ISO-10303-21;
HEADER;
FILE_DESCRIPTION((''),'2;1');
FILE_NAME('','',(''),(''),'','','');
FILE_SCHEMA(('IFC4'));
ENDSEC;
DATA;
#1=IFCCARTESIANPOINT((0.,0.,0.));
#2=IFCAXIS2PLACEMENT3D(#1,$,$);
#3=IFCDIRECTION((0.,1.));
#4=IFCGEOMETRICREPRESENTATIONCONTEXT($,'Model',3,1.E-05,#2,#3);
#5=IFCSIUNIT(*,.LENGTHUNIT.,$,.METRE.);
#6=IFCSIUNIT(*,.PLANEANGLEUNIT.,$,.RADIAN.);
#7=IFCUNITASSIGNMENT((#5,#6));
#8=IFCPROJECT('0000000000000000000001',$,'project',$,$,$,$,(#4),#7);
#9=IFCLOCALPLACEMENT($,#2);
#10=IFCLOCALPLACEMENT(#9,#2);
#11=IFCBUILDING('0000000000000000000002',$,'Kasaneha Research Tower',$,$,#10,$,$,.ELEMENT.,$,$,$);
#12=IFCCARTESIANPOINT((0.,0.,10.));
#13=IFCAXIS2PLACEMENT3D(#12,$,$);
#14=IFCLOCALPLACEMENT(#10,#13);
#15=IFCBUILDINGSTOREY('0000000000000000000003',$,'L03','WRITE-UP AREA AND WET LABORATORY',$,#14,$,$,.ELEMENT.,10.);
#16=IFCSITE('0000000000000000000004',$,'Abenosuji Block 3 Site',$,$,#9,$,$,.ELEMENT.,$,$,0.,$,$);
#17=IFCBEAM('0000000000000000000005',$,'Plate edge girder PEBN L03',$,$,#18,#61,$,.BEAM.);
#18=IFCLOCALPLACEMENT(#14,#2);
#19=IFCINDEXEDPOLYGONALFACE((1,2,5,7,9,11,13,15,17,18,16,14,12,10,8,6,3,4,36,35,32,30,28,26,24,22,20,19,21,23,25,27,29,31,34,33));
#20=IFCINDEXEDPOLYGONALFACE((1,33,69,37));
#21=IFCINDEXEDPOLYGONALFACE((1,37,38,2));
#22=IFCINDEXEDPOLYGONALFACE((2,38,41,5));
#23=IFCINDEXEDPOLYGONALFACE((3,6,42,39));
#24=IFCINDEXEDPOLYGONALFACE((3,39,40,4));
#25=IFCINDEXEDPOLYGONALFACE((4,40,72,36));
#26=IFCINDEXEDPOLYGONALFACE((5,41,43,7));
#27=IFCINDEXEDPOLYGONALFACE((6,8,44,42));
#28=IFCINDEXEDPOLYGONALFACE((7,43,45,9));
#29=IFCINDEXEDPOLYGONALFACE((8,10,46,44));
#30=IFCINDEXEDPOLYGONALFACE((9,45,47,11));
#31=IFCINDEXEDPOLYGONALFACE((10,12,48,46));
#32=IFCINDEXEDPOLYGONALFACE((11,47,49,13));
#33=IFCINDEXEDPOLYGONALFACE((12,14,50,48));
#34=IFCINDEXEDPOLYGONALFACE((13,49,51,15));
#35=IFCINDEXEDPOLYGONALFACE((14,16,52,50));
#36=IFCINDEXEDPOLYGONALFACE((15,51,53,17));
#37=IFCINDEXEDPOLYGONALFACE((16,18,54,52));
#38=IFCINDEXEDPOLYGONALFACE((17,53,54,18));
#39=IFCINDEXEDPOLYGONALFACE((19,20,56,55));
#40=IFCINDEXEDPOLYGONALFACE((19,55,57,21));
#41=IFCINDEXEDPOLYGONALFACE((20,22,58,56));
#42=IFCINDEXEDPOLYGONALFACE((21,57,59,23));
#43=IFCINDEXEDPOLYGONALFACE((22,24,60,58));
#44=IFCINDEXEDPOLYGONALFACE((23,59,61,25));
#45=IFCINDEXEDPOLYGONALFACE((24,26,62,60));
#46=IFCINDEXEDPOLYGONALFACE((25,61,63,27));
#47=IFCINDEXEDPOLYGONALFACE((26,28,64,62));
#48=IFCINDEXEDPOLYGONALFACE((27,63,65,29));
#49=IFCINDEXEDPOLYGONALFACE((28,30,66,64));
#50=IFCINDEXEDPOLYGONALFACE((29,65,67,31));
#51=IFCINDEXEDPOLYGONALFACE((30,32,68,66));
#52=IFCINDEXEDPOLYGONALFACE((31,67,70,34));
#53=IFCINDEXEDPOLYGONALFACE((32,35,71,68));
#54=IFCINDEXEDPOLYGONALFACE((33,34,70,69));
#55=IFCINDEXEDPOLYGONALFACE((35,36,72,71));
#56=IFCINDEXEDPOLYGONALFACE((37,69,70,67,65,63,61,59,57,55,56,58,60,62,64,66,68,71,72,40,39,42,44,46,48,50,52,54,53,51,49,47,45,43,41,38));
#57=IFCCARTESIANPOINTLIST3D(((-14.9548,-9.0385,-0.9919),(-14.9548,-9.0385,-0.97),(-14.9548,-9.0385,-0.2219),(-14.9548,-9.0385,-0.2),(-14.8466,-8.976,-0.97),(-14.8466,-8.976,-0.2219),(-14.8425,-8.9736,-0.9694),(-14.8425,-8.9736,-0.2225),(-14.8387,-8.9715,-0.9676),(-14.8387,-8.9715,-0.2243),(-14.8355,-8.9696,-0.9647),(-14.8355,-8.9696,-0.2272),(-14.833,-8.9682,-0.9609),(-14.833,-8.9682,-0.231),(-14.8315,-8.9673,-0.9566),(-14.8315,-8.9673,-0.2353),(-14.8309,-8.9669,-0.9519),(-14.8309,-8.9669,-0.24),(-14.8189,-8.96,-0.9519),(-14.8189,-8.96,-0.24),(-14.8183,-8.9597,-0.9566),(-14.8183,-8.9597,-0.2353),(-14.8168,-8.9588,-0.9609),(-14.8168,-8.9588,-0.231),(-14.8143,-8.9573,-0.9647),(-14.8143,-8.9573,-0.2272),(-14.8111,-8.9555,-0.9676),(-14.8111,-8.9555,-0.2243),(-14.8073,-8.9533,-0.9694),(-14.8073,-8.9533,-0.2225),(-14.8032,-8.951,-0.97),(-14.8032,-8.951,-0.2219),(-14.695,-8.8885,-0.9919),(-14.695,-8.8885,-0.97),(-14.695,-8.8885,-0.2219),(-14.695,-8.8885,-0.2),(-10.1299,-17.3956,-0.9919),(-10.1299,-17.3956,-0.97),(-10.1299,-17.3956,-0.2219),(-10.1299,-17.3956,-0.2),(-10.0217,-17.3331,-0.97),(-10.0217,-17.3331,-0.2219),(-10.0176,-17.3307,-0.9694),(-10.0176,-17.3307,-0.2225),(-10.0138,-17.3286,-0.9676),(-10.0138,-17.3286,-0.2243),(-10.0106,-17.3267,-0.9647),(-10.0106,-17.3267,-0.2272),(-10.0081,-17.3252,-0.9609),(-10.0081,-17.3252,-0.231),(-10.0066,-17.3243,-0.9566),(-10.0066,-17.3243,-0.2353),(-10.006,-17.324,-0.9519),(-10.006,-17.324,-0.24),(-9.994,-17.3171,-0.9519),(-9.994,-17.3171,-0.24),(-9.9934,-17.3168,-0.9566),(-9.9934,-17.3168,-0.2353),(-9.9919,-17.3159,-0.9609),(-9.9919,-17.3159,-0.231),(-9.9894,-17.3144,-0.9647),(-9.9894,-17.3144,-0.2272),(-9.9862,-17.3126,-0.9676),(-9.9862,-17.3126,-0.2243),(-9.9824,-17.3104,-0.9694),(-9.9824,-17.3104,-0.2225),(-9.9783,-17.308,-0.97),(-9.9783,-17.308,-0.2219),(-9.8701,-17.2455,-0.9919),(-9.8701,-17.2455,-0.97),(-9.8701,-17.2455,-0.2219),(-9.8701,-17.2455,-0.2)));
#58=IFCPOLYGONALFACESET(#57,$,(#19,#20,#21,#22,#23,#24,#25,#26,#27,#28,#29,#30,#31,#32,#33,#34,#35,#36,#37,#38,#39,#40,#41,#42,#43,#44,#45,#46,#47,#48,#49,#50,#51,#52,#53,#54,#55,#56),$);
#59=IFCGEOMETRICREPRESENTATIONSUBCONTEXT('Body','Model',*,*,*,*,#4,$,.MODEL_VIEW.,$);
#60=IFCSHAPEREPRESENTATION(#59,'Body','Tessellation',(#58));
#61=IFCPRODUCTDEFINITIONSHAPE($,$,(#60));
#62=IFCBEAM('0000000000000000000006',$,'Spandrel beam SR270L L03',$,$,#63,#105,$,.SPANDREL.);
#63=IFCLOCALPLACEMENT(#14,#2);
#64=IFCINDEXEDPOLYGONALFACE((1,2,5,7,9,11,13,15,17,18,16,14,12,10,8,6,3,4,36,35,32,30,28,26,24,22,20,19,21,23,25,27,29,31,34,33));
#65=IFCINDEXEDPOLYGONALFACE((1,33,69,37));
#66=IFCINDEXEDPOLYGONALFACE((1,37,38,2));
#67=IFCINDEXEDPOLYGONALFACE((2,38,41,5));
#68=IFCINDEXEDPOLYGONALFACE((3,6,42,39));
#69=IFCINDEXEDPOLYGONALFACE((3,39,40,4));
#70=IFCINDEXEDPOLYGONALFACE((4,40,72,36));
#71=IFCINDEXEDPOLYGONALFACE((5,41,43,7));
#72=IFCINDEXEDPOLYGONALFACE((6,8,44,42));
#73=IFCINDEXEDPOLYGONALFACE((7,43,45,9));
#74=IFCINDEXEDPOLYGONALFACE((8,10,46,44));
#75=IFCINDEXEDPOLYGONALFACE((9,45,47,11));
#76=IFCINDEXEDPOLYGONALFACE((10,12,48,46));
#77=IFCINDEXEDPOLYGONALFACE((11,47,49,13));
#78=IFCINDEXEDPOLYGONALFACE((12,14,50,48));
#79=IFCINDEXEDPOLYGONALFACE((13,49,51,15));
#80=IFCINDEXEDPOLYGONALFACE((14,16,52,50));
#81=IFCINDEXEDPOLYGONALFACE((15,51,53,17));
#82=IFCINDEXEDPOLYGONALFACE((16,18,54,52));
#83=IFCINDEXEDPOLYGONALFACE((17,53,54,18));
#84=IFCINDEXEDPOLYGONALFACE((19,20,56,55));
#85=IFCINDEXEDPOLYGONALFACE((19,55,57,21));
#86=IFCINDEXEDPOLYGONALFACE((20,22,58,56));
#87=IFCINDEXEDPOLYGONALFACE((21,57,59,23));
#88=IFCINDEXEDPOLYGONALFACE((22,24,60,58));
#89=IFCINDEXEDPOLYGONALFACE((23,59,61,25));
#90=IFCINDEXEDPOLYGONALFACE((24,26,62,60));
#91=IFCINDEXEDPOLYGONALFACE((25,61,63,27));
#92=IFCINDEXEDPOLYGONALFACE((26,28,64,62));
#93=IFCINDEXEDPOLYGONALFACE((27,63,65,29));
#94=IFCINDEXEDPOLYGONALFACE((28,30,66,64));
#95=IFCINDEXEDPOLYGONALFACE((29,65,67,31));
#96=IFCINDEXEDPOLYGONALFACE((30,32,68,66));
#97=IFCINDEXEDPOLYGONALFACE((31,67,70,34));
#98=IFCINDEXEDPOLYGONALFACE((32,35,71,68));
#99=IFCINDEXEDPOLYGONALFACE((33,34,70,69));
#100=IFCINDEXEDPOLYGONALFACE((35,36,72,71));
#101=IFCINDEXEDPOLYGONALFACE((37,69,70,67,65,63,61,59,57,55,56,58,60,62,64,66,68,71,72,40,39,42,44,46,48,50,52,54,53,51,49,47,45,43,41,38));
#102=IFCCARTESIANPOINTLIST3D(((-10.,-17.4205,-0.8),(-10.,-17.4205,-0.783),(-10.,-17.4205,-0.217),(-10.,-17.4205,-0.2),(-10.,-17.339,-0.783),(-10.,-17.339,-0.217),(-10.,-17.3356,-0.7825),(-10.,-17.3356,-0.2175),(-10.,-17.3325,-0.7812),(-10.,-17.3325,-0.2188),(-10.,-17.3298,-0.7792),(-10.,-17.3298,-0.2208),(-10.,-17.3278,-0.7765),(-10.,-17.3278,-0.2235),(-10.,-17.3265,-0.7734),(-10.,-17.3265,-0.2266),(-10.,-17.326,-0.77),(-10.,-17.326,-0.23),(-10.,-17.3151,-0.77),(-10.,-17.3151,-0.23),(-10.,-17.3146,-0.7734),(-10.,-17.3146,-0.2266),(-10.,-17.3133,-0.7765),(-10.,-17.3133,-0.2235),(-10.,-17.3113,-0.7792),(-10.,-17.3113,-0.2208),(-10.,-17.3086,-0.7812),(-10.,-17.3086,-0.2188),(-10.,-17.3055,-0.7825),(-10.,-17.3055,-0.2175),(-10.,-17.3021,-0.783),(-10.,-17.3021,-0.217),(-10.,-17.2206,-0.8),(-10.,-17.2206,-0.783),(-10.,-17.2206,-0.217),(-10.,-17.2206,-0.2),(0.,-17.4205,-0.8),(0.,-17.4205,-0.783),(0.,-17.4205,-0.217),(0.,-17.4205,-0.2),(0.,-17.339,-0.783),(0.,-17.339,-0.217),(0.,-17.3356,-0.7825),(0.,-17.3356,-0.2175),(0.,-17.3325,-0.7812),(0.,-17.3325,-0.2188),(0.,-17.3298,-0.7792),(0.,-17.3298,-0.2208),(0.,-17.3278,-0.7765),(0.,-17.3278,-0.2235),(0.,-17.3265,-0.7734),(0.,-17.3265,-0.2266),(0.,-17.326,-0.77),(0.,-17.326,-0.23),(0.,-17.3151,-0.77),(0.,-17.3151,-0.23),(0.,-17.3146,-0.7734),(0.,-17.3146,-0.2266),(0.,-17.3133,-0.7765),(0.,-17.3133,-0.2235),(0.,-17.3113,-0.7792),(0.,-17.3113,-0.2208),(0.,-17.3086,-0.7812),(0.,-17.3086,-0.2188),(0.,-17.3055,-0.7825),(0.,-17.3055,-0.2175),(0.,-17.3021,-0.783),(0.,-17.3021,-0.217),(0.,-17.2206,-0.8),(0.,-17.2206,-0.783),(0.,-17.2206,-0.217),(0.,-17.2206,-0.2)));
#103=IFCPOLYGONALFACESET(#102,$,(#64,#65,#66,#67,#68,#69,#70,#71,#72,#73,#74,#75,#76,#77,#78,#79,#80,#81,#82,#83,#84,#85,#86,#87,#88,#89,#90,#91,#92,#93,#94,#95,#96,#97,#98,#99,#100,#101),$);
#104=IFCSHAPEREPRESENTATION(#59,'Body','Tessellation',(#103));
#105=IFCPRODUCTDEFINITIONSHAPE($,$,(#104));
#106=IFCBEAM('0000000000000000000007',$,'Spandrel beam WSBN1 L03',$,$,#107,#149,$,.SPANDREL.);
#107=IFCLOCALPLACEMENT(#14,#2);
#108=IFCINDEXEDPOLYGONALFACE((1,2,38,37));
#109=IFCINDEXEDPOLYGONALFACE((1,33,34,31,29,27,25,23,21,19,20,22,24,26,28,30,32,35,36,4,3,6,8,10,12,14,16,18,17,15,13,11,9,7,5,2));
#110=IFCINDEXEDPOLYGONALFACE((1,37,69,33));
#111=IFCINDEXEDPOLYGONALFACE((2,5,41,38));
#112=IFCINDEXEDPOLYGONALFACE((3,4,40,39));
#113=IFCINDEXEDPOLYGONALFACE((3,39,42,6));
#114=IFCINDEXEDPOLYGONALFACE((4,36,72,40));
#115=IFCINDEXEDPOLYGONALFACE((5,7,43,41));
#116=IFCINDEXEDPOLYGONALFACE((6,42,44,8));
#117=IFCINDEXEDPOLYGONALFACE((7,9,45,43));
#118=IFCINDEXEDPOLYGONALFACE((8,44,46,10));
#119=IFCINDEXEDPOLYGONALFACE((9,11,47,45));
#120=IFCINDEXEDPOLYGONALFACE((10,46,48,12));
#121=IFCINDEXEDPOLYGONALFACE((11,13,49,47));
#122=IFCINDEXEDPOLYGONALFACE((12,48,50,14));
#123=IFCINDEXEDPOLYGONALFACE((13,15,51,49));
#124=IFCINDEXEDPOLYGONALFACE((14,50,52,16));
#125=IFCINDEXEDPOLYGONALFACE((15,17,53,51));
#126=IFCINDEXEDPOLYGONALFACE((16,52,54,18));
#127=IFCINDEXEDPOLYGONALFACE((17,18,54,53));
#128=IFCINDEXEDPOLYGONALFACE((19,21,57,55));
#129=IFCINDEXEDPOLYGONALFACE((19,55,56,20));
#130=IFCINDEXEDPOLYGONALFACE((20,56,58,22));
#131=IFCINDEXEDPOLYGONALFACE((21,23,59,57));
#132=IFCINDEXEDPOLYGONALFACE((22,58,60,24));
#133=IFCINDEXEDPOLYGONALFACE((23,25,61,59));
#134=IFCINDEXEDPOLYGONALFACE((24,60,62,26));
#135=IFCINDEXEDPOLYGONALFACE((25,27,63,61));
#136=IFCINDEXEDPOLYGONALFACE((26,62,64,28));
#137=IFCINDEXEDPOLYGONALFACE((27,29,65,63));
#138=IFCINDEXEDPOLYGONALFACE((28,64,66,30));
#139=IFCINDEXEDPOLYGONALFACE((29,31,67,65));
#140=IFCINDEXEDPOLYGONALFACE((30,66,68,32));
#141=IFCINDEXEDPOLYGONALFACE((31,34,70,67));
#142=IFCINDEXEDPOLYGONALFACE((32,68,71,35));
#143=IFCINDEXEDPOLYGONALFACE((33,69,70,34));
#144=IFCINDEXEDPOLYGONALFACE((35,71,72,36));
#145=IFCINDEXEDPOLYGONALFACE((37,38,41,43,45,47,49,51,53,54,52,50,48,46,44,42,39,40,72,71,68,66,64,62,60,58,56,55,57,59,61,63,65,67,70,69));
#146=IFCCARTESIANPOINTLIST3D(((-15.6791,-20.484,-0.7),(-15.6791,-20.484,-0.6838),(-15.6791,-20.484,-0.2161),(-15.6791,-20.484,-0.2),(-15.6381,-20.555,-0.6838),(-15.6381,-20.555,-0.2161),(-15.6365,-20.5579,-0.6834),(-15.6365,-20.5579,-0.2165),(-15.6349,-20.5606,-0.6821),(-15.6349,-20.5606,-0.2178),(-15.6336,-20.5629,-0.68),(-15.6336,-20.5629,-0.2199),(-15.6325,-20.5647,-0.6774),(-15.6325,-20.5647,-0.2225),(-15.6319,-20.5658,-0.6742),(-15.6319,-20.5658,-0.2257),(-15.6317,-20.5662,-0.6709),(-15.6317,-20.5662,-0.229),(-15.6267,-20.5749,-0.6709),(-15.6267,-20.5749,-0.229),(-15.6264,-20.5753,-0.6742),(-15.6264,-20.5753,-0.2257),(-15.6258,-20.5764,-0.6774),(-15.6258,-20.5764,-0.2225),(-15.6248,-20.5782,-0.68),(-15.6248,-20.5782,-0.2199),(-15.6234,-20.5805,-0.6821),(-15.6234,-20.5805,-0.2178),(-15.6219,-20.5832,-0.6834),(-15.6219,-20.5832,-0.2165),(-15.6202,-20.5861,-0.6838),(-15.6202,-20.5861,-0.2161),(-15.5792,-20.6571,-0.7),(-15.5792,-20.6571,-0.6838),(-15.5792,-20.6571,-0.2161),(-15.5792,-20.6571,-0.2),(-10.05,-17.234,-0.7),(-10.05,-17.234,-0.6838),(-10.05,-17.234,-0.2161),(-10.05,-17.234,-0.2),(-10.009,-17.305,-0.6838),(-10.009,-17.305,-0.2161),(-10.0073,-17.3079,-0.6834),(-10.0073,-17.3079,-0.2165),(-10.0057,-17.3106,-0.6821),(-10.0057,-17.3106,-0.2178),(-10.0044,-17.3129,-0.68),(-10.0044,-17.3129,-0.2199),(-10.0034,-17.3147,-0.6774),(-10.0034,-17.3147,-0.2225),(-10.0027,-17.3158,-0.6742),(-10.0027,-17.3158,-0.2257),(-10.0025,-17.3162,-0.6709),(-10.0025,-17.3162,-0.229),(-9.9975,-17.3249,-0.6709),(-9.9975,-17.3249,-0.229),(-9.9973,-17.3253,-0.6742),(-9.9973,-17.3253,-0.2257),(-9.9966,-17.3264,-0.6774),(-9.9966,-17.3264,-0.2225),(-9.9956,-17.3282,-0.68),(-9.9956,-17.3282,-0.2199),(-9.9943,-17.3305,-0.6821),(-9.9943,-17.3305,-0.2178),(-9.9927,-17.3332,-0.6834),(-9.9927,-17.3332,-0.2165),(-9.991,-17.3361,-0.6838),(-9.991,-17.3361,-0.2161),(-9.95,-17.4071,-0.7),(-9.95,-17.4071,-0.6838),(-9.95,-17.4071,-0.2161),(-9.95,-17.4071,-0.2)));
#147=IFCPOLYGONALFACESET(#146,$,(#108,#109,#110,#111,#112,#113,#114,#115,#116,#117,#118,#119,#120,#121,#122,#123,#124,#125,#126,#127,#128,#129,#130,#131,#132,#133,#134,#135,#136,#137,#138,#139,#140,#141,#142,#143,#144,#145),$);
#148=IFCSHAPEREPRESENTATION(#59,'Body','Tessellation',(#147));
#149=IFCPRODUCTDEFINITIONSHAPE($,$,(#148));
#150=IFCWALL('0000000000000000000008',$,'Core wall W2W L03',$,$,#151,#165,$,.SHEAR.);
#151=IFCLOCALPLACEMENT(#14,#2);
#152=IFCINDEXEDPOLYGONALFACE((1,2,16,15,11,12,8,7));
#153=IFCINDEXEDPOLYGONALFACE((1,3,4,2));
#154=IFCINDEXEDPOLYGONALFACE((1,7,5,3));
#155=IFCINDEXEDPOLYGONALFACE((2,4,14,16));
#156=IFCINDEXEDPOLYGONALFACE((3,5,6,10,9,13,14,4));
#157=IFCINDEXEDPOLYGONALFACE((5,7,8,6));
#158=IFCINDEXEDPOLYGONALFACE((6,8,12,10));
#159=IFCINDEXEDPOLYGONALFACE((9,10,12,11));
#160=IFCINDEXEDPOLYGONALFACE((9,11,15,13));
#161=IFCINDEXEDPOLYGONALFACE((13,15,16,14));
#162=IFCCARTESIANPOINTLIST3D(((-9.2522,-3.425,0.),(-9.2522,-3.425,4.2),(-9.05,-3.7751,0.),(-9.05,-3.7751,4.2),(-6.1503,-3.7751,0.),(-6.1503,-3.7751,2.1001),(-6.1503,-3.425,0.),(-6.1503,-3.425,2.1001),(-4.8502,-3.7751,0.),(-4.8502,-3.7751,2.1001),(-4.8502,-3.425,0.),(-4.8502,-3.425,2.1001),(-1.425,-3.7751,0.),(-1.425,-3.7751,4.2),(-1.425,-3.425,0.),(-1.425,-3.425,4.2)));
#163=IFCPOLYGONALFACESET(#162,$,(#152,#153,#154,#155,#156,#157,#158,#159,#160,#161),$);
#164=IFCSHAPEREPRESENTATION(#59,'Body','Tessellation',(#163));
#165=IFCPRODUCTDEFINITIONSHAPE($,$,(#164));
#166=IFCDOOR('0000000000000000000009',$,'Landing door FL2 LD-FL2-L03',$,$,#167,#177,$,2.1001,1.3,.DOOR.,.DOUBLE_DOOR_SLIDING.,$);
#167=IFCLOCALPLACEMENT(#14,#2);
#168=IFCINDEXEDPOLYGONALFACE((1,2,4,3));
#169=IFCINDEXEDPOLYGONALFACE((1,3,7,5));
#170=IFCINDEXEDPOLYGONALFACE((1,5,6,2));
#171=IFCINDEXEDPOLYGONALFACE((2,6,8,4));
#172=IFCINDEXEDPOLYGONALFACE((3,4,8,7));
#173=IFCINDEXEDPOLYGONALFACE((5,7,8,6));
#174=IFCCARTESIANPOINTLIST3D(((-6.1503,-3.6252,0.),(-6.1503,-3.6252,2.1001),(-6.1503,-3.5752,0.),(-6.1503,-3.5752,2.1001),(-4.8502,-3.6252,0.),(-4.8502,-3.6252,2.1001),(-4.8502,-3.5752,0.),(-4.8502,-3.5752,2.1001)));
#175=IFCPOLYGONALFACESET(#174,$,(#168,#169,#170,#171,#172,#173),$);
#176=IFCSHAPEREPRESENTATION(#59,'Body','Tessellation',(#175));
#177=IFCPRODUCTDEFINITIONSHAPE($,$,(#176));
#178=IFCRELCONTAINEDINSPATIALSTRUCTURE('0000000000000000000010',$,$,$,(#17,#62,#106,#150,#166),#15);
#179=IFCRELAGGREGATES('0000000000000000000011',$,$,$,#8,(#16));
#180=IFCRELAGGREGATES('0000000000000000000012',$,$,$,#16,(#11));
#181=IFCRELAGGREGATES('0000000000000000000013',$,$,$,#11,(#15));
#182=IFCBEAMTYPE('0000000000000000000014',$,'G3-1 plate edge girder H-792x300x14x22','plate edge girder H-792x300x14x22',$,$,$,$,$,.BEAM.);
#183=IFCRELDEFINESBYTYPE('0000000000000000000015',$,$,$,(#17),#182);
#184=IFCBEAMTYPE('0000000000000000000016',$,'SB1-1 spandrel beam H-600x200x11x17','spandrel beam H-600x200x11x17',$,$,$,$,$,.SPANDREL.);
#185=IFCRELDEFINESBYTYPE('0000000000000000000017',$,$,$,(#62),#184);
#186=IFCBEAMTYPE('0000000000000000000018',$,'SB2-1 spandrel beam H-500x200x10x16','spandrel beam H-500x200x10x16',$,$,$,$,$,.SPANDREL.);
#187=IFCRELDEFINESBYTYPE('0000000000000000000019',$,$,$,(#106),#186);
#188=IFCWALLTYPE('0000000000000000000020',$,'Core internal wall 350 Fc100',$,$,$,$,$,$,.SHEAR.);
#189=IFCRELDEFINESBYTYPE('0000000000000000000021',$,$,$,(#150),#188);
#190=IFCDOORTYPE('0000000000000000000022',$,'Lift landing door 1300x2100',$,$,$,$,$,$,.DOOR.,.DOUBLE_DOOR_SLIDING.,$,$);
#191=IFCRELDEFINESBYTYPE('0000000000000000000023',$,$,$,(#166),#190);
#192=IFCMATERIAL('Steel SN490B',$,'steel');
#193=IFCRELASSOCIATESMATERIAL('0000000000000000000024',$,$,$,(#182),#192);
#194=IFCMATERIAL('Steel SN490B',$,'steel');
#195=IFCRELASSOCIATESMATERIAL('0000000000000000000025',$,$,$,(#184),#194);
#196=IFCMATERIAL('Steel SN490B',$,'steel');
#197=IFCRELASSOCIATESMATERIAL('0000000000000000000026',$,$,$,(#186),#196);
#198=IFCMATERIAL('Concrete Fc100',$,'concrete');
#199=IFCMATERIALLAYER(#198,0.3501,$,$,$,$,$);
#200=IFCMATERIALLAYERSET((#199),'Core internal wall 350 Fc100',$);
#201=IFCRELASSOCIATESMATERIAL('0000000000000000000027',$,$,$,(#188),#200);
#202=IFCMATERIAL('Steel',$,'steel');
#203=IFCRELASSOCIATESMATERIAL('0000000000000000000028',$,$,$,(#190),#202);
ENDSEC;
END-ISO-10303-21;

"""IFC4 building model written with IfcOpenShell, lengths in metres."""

from ifc_helpers import new_model, si_unit, direction, frame, frame_2d, origin, origin_2d, place, context, subcontext, project, spatial, polyline, rectangle, i_section, outline, extrude, material, layer, layer_set, material_profile, profile_set, type_object, element, fill, save


model = new_model("IFC4")

# Units and contexts
model_context = context("Model", 3, precision=1e-05, world=origin(), true_north=direction((0.0, 1.0)))
body_context = subcontext(model_context, "Body", "Model", "MODEL_VIEW")
ifc_project = project(units=[si_unit("LENGTHUNIT", "METRE"), si_unit("PLANEANGLEUNIT", "RADIAN")], contexts=[model_context])

# Site, building, storey
site_placement = place(None, origin())
site = spatial("IfcSite", under=ifc_project, at=site_placement, Name="Abenosuji Block 3 Site", CompositionType="ELEMENT", RefElevation=0.0)
building_placement = place(site_placement, origin())
building = spatial("IfcBuilding", under=site, at=building_placement, Name="Kasaneha Research Tower", CompositionType="ELEMENT")
storey_placement = place(building_placement, frame((0.0, 0.0, 10.0)))
storey = spatial("IfcBuildingStorey", under=building, at=storey_placement, Name="L03", Description="WRITE-UP AREA AND WET LABORATORY", CompositionType="ELEMENT", Elevation=10.0)

# Beams
ifc_material_1 = material(Name="Steel SN490B", Category="steel")
ifc_material_profile_1 = material_profile(ifc_material_1, i_section(OverallWidth=0.3, OverallDepth=0.792, WebThickness=0.0139, FlangeThickness=0.022, FilletRadius=0.0181, at=origin_2d()), Name="H-792x300x14x22")
ifc_profile_set_1 = profile_set([ifc_material_profile_1], Name="Steel SN490B")
beam_type_1 = type_object("IfcBeamType", Name="G3-1 plate edge girder H-792x300x14x22", Description="plate edge girder H-792x300x14x22", PredefinedType="BEAM", material=ifc_profile_set_1)
beam_1_placement = place(storey_placement, frame((-10.0, -17.3206, -0.5959), z_axis=(-0.499995, 0.866028, 0.0), x_axis=(-0.866028, -0.499995, 0.0)))
element("IfcBeam", 1, at=beam_1_placement, inside=storey, type_object=beam_type_1, Name="Plate edge girder PEBN L03", PredefinedType="BEAM", context=body_context, shape_type="SweptSolid", body=[
    extrude(i_section(OverallWidth=0.3, OverallDepth=0.792, WebThickness=0.0139, FlangeThickness=0.022, FilletRadius=0.0181, at=origin_2d()), origin(), (0.0, 0.0, 1.0), 9.6499),
])
ifc_material_2 = material(Name="Steel SN490B", Category="steel")
ifc_material_profile_2 = material_profile(ifc_material_2, i_section(OverallWidth=0.2, OverallDepth=0.6001, WebThickness=0.011, FlangeThickness=0.0171, FilletRadius=0.0129, at=origin_2d()), Name="H-600x200x11x17")
ifc_profile_set_2 = profile_set([ifc_material_profile_2], Name="Steel SN490B")
beam_type_2 = type_object("IfcBeamType", Name="SB1-1 spandrel beam H-600x200x11x17", Description="spandrel beam H-600x200x11x17", PredefinedType="SPANDREL", material=ifc_profile_set_2)
beam_2_placement = place(storey_placement, frame((-10.0, -17.3206, -0.5), z_axis=(1.0, 0.0, 0.0), x_axis=(0.0, 1.0, 0.0)))
element("IfcBeam", 2, at=beam_2_placement, inside=storey, type_object=beam_type_2, Name="Spandrel beam SR270L L03", PredefinedType="SPANDREL", context=body_context, shape_type="SweptSolid", body=[
    extrude(i_section(OverallWidth=0.2, OverallDepth=0.6001, WebThickness=0.011, FlangeThickness=0.0171, FilletRadius=0.0129, at=origin_2d()), origin(), (0.0, 0.0, 1.0), 10.0),
])
ifc_material_3 = material(Name="Steel SN490B", Category="steel")
ifc_material_profile_3 = material_profile(ifc_material_3, i_section(OverallWidth=0.2, OverallDepth=0.5, WebThickness=0.01, FlangeThickness=0.0161, FilletRadius=0.0129, at=origin_2d()), Name="H-500x200x10x16")
ifc_profile_set_3 = profile_set([ifc_material_profile_3], Name="Steel SN490B")
beam_type_3 = type_object("IfcBeamType", Name="SB2-1 spandrel beam H-500x200x10x16", Description="spandrel beam H-500x200x10x16", PredefinedType="SPANDREL", material=ifc_profile_set_3)
beam_3_placement = place(storey_placement, frame((-10.0, -17.3206, -0.45), z_axis=(-0.866025, -0.500001, 0.0), x_axis=(0.500001, -0.866025, 0.0)))
element("IfcBeam", 3, at=beam_3_placement, inside=storey, type_object=beam_type_3, Name="Spandrel beam WSBN1 L03", PredefinedType="SPANDREL", context=body_context, shape_type="SweptSolid", body=[
    extrude(i_section(OverallWidth=0.2, OverallDepth=0.5, WebThickness=0.01, FlangeThickness=0.0161, FilletRadius=0.0129, at=origin_2d()), origin(), (0.0, 0.0, 1.0), 6.5),
])

# Wall, opening, door
ifc_material_4 = material(Name="Concrete Fc100", Category="concrete")
ifc_layer_1 = layer(ifc_material_4, 0.3501)
ifc_layer_set_1 = layer_set([ifc_layer_1], Name="Core internal wall 350 Fc100")
wall_type_1 = type_object("IfcWallType", Name="Core internal wall 350 Fc100", PredefinedType="SHEAR", material=ifc_layer_set_1)
wall_1_placement = place(storey_placement, frame((-9.1511, -3.6001, 0.0), z_axis=(0.0, 0.0, 1.0), x_axis=(1.0, 0.0, 0.0)))
wall_1 = element("IfcWall", 4, at=wall_1_placement, inside=storey, type_object=wall_type_1, Name="Core wall W2W L03", PredefinedType="SHEAR", context=body_context, shape_type="SweptSolid", body=[
    extrude(outline(polyline([(0.1011, -0.175), (3.001, -0.175), (4.301, -0.175), (7.7261, -0.175), (7.7261, 0.175), (4.301, 0.175), (3.001, 0.175), (-0.1011, 0.175), (0.1011, -0.175)])), origin(), (0.0, 0.0, 1.0), 4.2),
])
opening_1_placement = place(wall_1_placement, frame((3.001, 0.0, 0.0)))
opening_1 = element("IfcOpeningElement", 5, at=opening_1_placement, cuts=wall_1, PredefinedType="OPENING", context=body_context, shape_type="SweptSolid", body=[
    extrude(rectangle(XDim=1.3, YDim=2.1001, at=frame_2d((0.6499, 1.05))), frame((0.0, 0.1851, 0.0), z_axis=(0.0, -1.0, 0.0), x_axis=(1.0, 0.0, 0.0)), (0.0, 0.0, 1.0), 0.3701),
])
ifc_material_5 = material(Name="Steel", Category="steel")
door_type_1 = type_object("IfcDoorType", Name="Lift landing door 1300x2100", OperationType="DOUBLE_DOOR_SLIDING", PredefinedType="DOOR", material=ifc_material_5)
door_1_placement = place(opening_1_placement, origin())
door_1 = element("IfcDoor", 6, at=door_1_placement, inside=storey, type_object=door_type_1, Name="Landing door FL2 LD-FL2-L03", OperationType="DOUBLE_DOOR_SLIDING", OverallHeight=2.1001, OverallWidth=1.3, PredefinedType="DOOR", context=body_context, shape_type="SweptSolid", body=[
    extrude(rectangle(XDim=1.3, YDim=2.1001, at=frame_2d((0.6499, 1.05))), frame((0.0, 0.0249, 0.0), z_axis=(0.0, -1.0, 0.0), x_axis=(1.0, 0.0, 0.0)), (0.0, 0.0, 1.0), 0.05),
])
fill(opening_1, door_1)

save(model, "model.ifc")
